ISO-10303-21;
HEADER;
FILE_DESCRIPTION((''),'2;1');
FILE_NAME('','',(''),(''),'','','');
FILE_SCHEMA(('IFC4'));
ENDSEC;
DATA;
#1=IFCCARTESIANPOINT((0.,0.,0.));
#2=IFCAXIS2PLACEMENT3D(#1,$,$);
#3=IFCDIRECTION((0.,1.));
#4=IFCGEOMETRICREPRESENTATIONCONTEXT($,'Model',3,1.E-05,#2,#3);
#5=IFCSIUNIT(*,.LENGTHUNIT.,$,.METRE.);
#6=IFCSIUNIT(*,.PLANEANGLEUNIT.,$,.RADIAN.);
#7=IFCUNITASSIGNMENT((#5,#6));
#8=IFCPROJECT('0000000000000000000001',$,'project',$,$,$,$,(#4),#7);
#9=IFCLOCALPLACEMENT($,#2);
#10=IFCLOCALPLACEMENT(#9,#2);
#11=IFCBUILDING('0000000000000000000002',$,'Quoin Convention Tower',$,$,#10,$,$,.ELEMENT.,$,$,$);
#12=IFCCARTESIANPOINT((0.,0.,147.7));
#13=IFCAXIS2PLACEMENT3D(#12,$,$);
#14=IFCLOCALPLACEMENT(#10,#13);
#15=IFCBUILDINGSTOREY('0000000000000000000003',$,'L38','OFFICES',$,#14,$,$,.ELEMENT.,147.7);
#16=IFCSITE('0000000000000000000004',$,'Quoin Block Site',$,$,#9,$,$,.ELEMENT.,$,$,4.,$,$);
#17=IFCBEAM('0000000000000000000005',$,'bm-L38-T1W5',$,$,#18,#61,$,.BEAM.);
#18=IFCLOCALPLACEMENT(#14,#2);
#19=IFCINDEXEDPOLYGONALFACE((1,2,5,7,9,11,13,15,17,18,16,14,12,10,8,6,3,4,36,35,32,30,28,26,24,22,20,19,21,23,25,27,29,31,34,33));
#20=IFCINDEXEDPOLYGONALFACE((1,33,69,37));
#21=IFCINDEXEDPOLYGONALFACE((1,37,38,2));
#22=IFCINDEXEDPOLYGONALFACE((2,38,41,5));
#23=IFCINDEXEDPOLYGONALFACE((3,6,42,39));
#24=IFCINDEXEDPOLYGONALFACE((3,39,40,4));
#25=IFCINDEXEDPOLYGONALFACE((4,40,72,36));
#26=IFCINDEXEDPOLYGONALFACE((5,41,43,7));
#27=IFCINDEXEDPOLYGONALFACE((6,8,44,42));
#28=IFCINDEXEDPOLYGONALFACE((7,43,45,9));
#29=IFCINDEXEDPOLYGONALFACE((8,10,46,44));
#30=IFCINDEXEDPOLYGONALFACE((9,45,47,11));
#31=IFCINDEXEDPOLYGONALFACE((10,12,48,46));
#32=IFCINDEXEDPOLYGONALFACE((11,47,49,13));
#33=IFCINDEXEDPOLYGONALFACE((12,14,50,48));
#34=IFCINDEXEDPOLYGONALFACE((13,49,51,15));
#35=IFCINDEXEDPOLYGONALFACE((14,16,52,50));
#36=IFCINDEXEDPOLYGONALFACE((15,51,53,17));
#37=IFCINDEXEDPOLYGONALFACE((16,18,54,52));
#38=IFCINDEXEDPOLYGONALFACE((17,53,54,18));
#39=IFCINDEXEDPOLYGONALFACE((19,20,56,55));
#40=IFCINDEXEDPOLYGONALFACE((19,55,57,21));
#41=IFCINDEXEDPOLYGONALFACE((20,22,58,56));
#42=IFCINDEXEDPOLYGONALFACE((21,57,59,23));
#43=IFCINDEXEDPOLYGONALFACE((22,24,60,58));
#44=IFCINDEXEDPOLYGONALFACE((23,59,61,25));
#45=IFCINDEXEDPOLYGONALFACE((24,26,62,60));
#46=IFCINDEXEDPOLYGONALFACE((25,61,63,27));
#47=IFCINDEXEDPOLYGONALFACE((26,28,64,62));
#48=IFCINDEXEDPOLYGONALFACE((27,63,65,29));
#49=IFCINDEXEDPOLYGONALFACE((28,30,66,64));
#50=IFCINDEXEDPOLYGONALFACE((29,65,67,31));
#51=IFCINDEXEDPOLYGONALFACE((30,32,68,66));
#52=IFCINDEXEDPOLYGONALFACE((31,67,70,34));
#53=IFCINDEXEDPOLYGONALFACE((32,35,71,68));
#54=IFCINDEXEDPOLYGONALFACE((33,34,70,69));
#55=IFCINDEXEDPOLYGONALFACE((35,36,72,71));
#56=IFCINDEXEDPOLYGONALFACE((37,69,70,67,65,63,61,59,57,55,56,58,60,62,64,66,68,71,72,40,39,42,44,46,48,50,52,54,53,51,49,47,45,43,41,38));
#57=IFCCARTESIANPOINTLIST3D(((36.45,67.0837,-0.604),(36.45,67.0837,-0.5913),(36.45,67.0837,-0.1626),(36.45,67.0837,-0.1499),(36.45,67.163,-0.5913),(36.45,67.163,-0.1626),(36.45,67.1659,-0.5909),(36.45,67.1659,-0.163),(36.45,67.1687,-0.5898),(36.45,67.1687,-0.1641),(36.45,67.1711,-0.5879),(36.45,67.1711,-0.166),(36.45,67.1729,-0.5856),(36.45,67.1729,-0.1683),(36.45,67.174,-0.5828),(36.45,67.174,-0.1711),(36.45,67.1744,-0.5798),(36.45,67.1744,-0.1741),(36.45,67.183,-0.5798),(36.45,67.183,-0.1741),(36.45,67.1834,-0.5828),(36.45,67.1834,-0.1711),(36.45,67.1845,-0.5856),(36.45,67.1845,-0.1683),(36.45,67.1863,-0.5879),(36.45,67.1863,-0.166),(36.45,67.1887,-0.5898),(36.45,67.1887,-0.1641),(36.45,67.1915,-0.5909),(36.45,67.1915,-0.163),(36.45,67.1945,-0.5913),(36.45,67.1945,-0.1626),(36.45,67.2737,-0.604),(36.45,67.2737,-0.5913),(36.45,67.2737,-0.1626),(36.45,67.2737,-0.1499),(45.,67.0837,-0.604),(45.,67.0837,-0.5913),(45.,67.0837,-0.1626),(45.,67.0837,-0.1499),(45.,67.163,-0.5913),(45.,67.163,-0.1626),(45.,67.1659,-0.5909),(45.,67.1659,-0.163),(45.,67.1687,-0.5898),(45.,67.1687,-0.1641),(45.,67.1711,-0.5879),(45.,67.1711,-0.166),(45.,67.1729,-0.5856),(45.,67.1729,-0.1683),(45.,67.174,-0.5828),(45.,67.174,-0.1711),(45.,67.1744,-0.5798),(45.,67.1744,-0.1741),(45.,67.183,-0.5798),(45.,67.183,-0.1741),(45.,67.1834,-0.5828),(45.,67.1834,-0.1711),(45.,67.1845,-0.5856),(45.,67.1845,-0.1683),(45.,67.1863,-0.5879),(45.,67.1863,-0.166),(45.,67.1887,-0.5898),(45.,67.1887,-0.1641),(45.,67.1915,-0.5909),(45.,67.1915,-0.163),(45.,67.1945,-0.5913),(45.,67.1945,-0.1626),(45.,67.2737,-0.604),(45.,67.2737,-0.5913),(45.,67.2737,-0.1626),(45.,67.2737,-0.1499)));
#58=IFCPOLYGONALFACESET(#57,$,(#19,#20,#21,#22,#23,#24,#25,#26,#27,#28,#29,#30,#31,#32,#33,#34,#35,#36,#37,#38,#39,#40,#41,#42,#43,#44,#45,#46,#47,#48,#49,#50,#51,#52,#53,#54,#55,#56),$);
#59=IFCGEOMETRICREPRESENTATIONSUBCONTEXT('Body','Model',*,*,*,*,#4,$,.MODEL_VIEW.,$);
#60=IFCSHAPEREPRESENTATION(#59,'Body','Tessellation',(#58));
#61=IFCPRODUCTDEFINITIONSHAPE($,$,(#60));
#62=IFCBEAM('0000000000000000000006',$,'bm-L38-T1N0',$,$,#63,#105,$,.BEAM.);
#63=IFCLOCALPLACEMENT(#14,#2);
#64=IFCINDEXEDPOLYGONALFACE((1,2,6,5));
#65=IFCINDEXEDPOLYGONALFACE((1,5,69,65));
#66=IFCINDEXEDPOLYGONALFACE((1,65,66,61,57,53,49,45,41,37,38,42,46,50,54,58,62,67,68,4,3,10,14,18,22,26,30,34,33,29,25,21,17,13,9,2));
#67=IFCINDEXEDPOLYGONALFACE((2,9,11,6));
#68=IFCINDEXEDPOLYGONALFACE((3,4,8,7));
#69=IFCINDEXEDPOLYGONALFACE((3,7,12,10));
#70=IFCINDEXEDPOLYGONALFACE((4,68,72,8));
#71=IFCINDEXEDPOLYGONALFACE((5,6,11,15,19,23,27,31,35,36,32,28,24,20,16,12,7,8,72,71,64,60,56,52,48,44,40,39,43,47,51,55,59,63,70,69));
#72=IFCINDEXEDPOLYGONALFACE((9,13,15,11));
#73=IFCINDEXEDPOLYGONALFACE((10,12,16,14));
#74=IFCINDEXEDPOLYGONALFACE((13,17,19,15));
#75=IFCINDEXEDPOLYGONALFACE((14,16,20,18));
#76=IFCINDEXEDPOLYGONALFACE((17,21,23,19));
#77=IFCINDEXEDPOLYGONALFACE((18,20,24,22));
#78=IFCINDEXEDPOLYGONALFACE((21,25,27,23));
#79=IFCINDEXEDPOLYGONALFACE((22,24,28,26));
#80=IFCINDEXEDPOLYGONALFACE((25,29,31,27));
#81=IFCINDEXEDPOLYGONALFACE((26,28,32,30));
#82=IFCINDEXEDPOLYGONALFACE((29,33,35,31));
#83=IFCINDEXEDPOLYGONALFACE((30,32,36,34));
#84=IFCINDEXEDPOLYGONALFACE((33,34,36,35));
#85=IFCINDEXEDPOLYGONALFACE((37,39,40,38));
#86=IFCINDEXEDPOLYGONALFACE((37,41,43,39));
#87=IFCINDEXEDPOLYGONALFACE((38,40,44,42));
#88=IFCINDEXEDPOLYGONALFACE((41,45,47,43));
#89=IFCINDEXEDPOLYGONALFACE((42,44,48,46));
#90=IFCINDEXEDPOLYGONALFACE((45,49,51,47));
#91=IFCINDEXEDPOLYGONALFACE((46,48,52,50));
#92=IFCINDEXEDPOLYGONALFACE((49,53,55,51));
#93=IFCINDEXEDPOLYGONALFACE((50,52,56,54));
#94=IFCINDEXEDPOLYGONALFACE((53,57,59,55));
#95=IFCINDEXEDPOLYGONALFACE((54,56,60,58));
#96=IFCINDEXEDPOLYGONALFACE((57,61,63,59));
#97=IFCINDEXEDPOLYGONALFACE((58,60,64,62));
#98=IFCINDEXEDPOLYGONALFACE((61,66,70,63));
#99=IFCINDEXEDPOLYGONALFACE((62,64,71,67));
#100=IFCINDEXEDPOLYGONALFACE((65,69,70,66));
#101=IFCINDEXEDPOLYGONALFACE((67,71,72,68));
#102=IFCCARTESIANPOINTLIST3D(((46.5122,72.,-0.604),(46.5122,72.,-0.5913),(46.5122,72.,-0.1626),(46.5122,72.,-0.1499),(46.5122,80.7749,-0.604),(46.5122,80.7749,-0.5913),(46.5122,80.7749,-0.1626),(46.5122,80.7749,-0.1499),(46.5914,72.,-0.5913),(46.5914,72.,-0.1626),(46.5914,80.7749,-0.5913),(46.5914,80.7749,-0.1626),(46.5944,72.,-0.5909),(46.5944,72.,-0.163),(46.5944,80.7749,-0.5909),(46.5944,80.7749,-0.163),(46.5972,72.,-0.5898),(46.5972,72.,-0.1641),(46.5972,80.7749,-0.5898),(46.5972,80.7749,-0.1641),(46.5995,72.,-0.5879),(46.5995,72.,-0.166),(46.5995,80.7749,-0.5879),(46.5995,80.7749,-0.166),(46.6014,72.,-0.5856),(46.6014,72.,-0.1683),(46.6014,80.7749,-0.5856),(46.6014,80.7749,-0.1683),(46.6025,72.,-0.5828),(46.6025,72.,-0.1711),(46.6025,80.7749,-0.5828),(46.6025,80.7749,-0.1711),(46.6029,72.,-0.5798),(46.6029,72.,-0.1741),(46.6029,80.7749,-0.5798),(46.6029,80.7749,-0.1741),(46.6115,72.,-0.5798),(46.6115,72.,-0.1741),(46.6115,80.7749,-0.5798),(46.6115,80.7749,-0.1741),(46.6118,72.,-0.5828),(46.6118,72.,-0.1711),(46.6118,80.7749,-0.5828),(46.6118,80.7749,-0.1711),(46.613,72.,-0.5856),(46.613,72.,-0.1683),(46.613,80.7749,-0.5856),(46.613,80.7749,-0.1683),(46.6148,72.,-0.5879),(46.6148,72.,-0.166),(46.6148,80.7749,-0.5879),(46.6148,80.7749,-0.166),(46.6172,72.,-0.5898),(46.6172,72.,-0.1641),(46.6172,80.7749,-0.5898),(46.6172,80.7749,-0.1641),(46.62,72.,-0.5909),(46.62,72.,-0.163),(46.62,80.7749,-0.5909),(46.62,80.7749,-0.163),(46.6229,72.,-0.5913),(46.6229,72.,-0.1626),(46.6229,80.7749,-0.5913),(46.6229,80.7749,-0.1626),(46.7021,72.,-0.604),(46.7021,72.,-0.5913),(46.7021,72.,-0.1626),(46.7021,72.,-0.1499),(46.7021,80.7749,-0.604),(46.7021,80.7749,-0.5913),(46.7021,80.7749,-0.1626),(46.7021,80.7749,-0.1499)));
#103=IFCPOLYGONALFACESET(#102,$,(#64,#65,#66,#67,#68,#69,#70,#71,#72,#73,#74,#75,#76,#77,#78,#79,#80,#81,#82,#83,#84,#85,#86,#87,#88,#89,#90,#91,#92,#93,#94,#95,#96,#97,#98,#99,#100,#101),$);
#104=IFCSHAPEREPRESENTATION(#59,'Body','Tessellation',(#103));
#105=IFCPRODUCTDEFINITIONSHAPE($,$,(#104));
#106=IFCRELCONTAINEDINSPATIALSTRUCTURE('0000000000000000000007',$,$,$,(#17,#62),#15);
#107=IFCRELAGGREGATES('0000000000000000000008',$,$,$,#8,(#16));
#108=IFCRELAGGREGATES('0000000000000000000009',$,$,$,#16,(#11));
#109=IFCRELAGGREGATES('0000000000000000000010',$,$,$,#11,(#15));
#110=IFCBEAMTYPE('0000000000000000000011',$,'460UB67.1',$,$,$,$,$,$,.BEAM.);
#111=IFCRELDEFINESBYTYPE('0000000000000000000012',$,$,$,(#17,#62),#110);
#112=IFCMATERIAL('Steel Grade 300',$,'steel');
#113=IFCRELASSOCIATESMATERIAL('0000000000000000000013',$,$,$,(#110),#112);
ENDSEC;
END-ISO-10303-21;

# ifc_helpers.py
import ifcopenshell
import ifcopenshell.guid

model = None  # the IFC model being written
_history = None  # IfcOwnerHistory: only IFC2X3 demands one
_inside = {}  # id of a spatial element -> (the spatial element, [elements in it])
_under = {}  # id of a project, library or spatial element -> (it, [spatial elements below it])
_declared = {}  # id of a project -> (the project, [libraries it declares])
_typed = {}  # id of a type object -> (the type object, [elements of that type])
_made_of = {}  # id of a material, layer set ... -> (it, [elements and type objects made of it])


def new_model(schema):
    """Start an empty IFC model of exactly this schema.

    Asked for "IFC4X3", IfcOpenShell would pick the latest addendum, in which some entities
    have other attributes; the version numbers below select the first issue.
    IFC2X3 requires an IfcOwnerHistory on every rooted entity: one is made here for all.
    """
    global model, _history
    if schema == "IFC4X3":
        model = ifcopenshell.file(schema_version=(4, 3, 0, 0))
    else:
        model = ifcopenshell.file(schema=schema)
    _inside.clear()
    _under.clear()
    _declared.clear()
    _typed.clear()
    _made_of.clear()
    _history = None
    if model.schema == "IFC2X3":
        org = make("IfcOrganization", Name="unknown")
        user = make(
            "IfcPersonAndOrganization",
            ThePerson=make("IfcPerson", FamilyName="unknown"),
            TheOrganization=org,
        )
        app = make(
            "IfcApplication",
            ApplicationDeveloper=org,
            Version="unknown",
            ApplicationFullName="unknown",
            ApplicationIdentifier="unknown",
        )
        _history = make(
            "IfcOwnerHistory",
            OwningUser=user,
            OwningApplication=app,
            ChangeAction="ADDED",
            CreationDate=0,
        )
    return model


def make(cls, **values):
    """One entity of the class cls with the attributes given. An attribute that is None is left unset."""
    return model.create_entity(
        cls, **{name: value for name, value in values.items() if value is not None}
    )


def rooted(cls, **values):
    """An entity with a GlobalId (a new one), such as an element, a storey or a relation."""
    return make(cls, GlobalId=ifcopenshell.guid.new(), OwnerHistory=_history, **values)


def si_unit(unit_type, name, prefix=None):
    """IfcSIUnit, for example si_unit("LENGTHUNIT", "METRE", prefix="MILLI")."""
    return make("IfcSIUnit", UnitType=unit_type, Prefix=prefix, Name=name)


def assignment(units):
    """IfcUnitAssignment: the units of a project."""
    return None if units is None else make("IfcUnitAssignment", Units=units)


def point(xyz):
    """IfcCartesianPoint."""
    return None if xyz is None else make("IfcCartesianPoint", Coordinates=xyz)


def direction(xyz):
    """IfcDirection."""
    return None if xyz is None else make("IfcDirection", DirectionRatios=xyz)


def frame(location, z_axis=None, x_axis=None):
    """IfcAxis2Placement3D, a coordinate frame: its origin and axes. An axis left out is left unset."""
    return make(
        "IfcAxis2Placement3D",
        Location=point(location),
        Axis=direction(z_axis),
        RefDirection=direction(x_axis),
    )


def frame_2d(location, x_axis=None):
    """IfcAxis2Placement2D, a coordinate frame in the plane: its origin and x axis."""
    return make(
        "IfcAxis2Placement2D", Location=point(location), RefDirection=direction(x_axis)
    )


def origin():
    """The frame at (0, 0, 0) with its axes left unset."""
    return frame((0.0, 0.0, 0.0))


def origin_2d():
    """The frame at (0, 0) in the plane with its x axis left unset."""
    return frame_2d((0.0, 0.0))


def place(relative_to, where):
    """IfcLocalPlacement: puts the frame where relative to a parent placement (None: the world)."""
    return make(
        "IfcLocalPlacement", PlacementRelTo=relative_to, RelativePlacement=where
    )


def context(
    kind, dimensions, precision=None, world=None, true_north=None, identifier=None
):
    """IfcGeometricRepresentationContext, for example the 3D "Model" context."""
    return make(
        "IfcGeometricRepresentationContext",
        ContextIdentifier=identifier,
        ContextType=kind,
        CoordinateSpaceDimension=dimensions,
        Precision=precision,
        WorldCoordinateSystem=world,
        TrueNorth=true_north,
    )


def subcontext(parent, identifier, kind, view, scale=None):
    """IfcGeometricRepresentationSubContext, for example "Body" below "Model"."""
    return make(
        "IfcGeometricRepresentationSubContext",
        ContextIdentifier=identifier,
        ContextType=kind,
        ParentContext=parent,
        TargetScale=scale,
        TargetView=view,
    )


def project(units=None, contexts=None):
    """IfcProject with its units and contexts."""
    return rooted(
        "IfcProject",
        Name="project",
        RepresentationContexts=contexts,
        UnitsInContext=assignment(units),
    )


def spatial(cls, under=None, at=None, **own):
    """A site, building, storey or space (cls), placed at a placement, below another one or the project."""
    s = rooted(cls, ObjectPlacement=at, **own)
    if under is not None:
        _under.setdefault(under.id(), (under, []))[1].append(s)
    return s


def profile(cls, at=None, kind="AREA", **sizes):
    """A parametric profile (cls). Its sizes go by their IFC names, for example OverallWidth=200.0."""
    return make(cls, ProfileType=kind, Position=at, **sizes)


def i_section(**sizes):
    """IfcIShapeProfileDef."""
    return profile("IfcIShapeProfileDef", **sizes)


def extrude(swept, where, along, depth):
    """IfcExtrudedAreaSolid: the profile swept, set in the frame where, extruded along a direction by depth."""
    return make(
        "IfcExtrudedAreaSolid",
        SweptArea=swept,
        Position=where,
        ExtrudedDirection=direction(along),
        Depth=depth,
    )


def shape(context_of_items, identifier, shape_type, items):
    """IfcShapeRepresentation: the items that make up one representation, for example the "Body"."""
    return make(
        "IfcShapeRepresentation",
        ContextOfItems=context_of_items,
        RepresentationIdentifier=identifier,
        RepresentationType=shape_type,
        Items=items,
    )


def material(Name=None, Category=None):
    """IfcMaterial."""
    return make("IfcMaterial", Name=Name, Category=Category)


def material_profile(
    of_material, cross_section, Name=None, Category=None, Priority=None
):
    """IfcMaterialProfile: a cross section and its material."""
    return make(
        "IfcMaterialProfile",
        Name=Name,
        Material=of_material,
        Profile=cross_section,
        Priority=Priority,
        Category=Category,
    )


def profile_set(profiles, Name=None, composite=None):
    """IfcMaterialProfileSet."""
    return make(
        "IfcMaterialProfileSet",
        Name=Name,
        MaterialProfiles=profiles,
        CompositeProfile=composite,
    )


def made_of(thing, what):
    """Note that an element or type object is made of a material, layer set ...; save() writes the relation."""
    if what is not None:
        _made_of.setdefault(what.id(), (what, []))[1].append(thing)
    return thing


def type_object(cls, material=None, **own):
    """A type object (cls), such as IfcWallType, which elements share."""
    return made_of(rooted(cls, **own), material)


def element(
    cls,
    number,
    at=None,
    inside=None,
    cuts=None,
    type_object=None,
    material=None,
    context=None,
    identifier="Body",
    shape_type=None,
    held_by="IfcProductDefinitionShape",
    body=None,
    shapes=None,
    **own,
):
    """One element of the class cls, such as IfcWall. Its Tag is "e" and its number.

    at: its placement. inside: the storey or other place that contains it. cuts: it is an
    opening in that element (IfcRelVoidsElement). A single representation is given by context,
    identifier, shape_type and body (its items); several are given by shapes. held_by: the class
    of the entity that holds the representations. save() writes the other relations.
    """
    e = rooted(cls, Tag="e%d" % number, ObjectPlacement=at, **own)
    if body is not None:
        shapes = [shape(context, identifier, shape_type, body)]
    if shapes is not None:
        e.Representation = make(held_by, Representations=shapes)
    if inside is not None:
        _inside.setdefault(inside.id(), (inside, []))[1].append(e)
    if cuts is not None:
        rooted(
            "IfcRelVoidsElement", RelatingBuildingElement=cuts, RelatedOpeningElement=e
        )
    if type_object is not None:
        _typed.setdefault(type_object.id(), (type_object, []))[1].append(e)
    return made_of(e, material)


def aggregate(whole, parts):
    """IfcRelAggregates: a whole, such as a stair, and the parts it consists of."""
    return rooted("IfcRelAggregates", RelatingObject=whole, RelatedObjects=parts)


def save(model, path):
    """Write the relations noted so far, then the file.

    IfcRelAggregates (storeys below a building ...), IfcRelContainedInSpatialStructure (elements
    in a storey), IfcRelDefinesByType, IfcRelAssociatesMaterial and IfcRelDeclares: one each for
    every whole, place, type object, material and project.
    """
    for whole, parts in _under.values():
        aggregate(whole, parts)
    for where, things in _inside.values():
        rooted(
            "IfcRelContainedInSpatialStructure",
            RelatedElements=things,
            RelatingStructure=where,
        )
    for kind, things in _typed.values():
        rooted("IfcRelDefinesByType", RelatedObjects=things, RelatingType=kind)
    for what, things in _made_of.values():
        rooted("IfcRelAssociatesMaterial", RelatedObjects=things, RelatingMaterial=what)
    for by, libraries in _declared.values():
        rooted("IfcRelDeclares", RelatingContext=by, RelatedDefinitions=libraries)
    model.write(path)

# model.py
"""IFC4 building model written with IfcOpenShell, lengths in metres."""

from ifc_helpers import new_model, si_unit, direction, frame, origin, origin_2d, place, context, subcontext, project, spatial, i_section, extrude, material, material_profile, profile_set, type_object, element, save


model = new_model("IFC4")

# Units and contexts
model_context = context("Model", 3, precision=1e-05, world=origin(), true_north=direction((0.0, 1.0)))
body_context = subcontext(model_context, "Body", "Model", "MODEL_VIEW")
ifc_project = project(units=[si_unit("LENGTHUNIT", "METRE"), si_unit("PLANEANGLEUNIT", "RADIAN")], contexts=[model_context])

# Site, building, storey
site_placement = place(None, origin())
site = spatial("IfcSite", under=ifc_project, at=site_placement, Name="Quoin Block Site", CompositionType="ELEMENT", RefElevation=4.0)
building_placement = place(site_placement, origin())
building = spatial("IfcBuilding", under=site, at=building_placement, Name="Quoin Convention Tower", CompositionType="ELEMENT")
storey_placement = place(building_placement, frame((0.0, 0.0, 147.7)))
storey = spatial("IfcBuildingStorey", under=building, at=storey_placement, Name="L38", Description="OFFICES", CompositionType="ELEMENT", Elevation=147.7)

# Beams
ifc_material_1 = material(Name="Steel Grade 300", Category="steel")
ifc_material_profile = material_profile(ifc_material_1, i_section(OverallWidth=0.1899, OverallDepth=0.4541, WebThickness=0.0085, FlangeThickness=0.0127, FilletRadius=0.0115, at=origin_2d()), Name="460UB67.1")
ifc_profile_set = profile_set([ifc_material_profile], Name="Steel Grade 300")
beam_type = type_object("IfcBeamType", Name="460UB67.1", PredefinedType="BEAM", material=ifc_profile_set)
beam_1_placement = place(storey_placement, frame((36.45, 67.1787, -0.377), z_axis=(1.0, 0.0, 0.0), x_axis=(0.0, 1.0, 0.0)))
element("IfcBeam", 1, at=beam_1_placement, inside=storey, type_object=beam_type, Name="bm-L38-T1W5", PredefinedType="BEAM", context=body_context, shape_type="SweptSolid", body=[
    extrude(i_section(OverallWidth=0.1899, OverallDepth=0.4541, WebThickness=0.0085, FlangeThickness=0.0127, FilletRadius=0.0115, at=origin_2d()), origin(), (0.0, 0.0, 1.0), 8.55),
])
beam_2_placement = place(storey_placement, frame((46.6072, 72.0, -0.377), z_axis=(0.0, 1.0, 0.0), x_axis=(-1.0, 0.0, 0.0)))
element("IfcBeam", 2, at=beam_2_placement, inside=storey, type_object=beam_type, Name="bm-L38-T1N0", PredefinedType="BEAM", context=body_context, shape_type="SweptSolid", body=[
    extrude(i_section(OverallWidth=0.1899, OverallDepth=0.4541, WebThickness=0.0085, FlangeThickness=0.0127, FilletRadius=0.0115, at=origin_2d()), origin(), (0.0, 0.0, 1.0), 8.7749),
])

save(model, "model.ifc")
